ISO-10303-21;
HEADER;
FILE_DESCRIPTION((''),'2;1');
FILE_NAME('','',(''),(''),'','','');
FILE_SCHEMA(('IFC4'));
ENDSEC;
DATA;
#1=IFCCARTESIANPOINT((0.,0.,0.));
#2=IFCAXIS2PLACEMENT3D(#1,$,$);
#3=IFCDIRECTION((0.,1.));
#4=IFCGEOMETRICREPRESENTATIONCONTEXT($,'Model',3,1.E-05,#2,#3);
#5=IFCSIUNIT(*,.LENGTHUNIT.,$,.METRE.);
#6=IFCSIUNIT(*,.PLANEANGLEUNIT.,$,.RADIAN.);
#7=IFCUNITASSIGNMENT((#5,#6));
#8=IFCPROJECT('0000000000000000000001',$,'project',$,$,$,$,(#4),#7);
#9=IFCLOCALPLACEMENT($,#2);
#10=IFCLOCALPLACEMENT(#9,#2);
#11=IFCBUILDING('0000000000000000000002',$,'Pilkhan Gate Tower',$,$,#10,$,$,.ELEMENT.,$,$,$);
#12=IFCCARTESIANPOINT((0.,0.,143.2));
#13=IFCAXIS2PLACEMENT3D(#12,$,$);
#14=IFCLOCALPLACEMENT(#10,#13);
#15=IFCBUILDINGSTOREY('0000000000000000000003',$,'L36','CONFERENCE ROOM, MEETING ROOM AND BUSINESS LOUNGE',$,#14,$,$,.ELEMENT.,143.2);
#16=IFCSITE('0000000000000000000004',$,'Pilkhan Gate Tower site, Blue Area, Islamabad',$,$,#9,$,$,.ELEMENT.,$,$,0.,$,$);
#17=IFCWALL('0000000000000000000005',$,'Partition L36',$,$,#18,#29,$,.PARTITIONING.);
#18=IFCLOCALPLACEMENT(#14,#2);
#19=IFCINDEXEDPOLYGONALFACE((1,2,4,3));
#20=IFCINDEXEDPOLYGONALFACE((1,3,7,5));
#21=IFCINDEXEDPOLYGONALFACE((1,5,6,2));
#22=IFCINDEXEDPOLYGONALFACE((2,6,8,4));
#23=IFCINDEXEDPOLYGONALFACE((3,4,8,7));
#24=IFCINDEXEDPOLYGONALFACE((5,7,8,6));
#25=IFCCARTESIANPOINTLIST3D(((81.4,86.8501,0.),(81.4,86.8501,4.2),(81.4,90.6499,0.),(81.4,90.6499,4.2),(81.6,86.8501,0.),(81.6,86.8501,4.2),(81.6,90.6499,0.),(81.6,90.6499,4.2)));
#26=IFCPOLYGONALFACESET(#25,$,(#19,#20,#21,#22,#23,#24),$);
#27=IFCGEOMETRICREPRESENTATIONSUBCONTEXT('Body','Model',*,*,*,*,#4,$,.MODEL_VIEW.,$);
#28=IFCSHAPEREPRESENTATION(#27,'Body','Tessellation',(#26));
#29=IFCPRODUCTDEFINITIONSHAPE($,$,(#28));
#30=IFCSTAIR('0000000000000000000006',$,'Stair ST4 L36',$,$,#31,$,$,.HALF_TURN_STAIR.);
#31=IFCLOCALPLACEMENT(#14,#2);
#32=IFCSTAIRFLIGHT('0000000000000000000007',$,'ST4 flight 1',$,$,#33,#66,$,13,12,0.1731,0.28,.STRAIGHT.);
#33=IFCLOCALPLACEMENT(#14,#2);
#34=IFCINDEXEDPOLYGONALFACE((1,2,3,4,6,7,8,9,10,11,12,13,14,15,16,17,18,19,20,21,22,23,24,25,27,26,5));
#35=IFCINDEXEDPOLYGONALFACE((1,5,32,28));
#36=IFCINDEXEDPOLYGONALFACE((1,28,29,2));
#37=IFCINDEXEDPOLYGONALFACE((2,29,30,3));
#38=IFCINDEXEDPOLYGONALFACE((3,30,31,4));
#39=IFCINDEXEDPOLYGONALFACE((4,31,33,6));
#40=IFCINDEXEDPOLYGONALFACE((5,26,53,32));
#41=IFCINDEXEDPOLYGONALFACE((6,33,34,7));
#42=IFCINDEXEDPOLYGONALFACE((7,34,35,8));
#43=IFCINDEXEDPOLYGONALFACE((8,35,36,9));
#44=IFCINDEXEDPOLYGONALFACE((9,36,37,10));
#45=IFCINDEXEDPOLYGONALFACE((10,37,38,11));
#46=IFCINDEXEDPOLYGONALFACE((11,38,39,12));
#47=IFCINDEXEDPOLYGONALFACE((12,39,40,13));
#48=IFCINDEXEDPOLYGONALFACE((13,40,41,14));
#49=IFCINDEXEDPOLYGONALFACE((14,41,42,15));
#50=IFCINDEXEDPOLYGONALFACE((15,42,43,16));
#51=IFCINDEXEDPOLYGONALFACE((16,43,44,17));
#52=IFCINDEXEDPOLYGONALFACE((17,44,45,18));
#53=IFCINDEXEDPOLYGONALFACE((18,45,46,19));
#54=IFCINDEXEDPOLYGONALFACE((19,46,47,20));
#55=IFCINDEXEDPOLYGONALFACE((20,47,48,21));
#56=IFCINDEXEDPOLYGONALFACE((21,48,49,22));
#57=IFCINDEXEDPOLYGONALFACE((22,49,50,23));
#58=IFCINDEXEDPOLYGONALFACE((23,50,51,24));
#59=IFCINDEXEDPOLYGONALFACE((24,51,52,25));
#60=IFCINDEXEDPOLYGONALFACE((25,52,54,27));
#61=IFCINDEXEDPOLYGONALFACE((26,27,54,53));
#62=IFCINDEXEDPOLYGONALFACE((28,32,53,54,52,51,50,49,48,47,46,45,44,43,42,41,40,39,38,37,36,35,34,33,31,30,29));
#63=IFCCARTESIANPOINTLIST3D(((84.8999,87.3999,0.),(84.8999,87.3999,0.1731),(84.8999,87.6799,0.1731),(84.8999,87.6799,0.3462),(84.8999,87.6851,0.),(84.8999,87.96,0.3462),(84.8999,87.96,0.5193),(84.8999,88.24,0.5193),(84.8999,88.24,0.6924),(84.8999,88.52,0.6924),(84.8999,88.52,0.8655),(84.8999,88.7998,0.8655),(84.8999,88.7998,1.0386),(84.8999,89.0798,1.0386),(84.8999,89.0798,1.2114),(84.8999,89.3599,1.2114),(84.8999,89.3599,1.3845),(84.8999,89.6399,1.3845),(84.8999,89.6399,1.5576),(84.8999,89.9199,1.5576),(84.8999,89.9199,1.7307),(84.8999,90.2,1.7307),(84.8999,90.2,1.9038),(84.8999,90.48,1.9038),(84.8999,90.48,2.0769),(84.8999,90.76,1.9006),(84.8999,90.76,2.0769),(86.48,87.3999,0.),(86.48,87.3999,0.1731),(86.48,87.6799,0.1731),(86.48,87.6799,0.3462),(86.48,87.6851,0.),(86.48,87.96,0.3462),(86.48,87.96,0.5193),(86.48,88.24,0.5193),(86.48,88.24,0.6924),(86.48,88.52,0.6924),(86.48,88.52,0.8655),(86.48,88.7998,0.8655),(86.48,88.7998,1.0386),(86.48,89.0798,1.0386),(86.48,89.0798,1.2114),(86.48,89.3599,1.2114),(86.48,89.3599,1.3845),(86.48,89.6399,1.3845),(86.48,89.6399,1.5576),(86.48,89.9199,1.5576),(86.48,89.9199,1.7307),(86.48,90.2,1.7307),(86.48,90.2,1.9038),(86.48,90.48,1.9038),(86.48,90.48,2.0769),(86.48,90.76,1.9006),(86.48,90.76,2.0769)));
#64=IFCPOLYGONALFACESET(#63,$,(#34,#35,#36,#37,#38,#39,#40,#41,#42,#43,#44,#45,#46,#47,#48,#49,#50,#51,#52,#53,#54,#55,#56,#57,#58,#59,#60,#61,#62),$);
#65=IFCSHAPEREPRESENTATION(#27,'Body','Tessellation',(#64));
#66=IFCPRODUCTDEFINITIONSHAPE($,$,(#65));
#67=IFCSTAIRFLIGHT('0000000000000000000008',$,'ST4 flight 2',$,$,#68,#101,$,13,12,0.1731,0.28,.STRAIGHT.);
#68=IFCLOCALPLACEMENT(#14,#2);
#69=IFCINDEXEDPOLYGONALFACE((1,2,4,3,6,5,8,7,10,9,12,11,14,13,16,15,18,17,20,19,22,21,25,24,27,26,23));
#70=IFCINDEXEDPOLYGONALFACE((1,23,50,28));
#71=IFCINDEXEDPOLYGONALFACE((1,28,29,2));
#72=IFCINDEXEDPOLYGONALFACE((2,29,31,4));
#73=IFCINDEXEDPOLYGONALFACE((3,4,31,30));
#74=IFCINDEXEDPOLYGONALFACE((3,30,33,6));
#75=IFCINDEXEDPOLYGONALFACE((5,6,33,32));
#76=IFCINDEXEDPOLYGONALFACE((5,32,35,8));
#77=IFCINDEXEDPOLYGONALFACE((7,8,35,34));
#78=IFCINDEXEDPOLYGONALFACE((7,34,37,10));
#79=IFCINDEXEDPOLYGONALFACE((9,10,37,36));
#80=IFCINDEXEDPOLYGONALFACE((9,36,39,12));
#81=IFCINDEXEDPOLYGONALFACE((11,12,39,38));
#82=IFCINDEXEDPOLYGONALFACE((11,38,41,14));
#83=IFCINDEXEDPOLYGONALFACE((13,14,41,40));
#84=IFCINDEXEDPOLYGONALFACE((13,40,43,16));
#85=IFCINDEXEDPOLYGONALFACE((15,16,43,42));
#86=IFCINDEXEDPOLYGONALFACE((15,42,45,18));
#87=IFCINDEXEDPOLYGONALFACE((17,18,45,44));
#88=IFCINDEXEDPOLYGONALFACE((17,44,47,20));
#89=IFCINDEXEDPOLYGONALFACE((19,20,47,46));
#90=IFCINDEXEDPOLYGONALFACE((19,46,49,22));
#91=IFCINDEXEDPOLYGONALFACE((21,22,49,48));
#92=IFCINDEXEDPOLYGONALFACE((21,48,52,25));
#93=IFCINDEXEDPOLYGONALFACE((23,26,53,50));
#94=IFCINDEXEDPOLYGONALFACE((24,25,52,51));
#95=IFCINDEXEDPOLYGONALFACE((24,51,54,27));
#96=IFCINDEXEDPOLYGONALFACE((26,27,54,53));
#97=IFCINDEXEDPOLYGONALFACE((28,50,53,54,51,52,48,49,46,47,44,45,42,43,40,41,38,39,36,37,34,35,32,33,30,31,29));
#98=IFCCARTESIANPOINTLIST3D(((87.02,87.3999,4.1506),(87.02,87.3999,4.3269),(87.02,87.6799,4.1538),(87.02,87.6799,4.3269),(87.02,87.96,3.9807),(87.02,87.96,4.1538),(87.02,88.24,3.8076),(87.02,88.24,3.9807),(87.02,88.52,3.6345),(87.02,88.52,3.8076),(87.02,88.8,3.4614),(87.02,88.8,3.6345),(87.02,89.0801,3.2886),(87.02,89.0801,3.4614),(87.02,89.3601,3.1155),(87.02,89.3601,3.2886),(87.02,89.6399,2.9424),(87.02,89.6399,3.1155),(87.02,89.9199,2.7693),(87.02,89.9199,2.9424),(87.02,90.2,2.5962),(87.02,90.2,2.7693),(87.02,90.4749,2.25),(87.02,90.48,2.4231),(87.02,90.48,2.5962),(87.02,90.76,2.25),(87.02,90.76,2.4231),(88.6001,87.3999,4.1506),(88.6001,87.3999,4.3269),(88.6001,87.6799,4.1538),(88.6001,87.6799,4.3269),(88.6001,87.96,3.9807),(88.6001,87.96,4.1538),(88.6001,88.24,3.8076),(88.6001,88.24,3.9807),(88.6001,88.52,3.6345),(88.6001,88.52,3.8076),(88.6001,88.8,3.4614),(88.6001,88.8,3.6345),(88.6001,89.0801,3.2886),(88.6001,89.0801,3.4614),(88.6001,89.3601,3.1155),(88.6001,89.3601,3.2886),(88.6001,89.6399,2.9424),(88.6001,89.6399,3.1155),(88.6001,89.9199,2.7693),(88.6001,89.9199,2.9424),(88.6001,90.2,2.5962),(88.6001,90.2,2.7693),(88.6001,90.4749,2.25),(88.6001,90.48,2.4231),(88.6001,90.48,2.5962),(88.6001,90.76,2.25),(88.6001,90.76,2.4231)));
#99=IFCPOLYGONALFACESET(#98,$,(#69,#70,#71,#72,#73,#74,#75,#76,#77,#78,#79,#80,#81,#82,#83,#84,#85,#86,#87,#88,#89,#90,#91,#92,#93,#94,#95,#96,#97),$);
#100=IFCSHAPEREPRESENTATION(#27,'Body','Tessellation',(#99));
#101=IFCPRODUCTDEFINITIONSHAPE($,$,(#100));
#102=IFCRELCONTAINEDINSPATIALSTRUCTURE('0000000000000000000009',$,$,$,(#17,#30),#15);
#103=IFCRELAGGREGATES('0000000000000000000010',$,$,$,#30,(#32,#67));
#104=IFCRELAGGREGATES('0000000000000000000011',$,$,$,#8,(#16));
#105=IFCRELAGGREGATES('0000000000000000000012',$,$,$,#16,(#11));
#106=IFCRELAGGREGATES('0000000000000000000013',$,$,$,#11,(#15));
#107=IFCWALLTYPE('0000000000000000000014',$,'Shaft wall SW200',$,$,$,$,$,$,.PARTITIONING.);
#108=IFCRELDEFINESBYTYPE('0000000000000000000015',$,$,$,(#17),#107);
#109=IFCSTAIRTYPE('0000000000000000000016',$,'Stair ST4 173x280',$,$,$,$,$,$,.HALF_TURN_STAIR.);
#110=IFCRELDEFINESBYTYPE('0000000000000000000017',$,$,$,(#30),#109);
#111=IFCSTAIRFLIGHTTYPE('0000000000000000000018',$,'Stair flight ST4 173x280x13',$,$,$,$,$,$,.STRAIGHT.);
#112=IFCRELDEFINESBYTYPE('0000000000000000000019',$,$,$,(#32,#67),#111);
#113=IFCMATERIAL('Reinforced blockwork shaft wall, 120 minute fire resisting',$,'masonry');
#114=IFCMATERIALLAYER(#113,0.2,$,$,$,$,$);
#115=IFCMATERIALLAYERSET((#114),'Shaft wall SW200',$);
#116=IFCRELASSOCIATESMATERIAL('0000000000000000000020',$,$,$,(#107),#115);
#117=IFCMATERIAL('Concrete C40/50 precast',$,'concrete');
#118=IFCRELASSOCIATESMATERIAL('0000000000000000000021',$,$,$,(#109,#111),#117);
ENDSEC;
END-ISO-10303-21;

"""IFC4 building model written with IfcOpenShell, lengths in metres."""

from ifc_helpers import new_model, si_unit, direction, frame, frame_2d, origin, place, context, subcontext, project, spatial, polyline, rectangle, outline, extrude, material, layer, layer_set, type_object, element, aggregate, save


model = new_model("IFC4")

# Units and contexts
model_context = context("Model", 3, precision=1e-05, world=origin(), true_north=direction((0.0, 1.0)))
body_context = subcontext(model_context, "Body", "Model", "MODEL_VIEW")
ifc_project = project(units=[si_unit("LENGTHUNIT", "METRE"), si_unit("PLANEANGLEUNIT", "RADIAN")], contexts=[model_context])

# Site, building, storey
site_placement = place(None, origin())
site = spatial("IfcSite", under=ifc_project, at=site_placement, Name="Pilkhan Gate Tower site, Blue Area, Islamabad", CompositionType="ELEMENT", RefElevation=0.0)
building_placement = place(site_placement, origin())
building = spatial("IfcBuilding", under=site, at=building_placement, Name="Pilkhan Gate Tower", CompositionType="ELEMENT")
storey_placement = place(building_placement, frame((0.0, 0.0, 143.2)))
storey = spatial("IfcBuildingStorey", under=building, at=storey_placement, Name="L36", Description="CONFERENCE ROOM, MEETING ROOM AND BUSINESS LOUNGE", CompositionType="ELEMENT", Elevation=143.2)

# Shared definitions
ifc_material_1 = material(Name="Reinforced blockwork shaft wall, 120 minute fire resisting", Category="masonry")
ifc_layer_1 = layer(ifc_material_1, 0.2)
ifc_layer_set_1 = layer_set([ifc_layer_1], Name="Shaft wall SW200")
wall_type = type_object("IfcWallType", Name="Shaft wall SW200", PredefinedType="PARTITIONING", material=ifc_layer_set_1)

# Wall
for number, where, z_axis, x_axis, name in (
    (1, (81.5, 86.8501, 0.0), (0.0, 0.0, 1.0), (0.0, 1.0, 0.0), "Partition L36"),
):
    element("IfcWall", number, at=place(storey_placement, frame(where, z_axis=z_axis, x_axis=x_axis)), inside=storey, type_object=wall_type, Name=name, PredefinedType="PARTITIONING", context=body_context, shape_type="SweptSolid", body=[
        extrude(rectangle(XDim=3.7998, YDim=0.2, at=frame_2d((1.8999, 0.0))), origin(), (0.0, 0.0, 1.0), 4.2),
    ])

# Stair, stair flights
ifc_material_2 = material(Name="Concrete C40/50 precast", Category="concrete")
stair_type = type_object("IfcStairType", Name="Stair ST4 173x280", PredefinedType="HALF_TURN_STAIR", material=ifc_material_2)
stair_placement = place(storey_placement, origin())
stair = element("IfcStair", 2, at=stair_placement, inside=storey, type_object=stair_type, Name="Stair ST4 L36", PredefinedType="HALF_TURN_STAIR")
stair_flight_type = type_object("IfcStairFlightType", Name="Stair flight ST4 173x280x13", PredefinedType="STRAIGHT", material=ifc_material_2)
stair_flight_1_placement = place(storey_placement, frame((85.6899, 87.3999, 0.0), z_axis=(0.0, 0.0, 1.0), x_axis=(0.0, 1.0, 0.0)))
stair_flight_1 = element("IfcStairFlight", 3, at=stair_flight_1_placement, type_object=stair_flight_type, Name="ST4 flight 1", NumberOfRisers=13, NumberOfTreads=12, PredefinedType="STRAIGHT", RiserHeight=0.1731, TreadLength=0.28, context=body_context, shape_type="SweptSolid", body=[
    extrude(outline(polyline([(0.0, 0.0), (0.0, 0.1731), (0.28, 0.1731), (0.28, 0.3462), (0.5601, 0.3462), (0.5601, 0.5193), (0.8401, 0.5193), (0.8401, 0.6924), (1.1201, 0.6924), (1.1201, 0.8655), (1.3999, 0.8655), (1.3999, 1.0386), (1.6799, 1.0386), (1.6799, 1.2114), (1.96, 1.2114), (1.96, 1.3845), (2.24, 1.3845), (2.24, 1.5576), (2.52, 1.5576), (2.52, 1.7307), (2.8, 1.7307), (2.8, 1.9038), (3.0801, 1.9038), (3.0801, 2.0769), (3.3601, 2.0769), (3.3601, 2.25), (3.3601, 1.9006), (0.2852, 0.0), (0.0, 0.0)])), frame((0.0, 0.79, 0.0), z_axis=(0.0, -1.0, 0.0), x_axis=(1.0, 0.0, 0.0)), (0.0, 0.0, 1.0), 1.5801),
])
stair_flight_2_placement = place(storey_placement, frame((87.8101, 90.76, 2.25), z_axis=(0.0, 0.0, 1.0), x_axis=(0.0, -1.0, 0.0)))
stair_flight_2 = element("IfcStairFlight", 4, at=stair_flight_2_placement, type_object=stair_flight_type, Name="ST4 flight 2", NumberOfRisers=13, NumberOfTreads=12, PredefinedType="STRAIGHT", RiserHeight=0.1731, TreadLength=0.28, context=body_context, shape_type="SweptSolid", body=[
    extrude(outline(polyline([(0.0, 0.0), (0.0, 0.1731), (0.28, 0.1731), (0.28, 0.3462), (0.5601, 0.3462), (0.5601, 0.5193), (0.8401, 0.5193), (0.8401, 0.6924), (1.1201, 0.6924), (1.1201, 0.8655), (1.3999, 0.8655), (1.3999, 1.0386), (1.6799, 1.0386), (1.6799, 1.2114), (1.96, 1.2114), (1.96, 1.3845), (2.24, 1.3845), (2.24, 1.5576), (2.52, 1.5576), (2.52, 1.7307), (2.8, 1.7307), (2.8, 1.9038), (3.0801, 1.9038), (3.0801, 2.0769), (3.3601, 2.0769), (3.3601, 2.25), (3.3601, 1.9006), (0.2852, 0.0), (0.0, 0.0)])), frame((0.0, 0.79, 0.0), z_axis=(0.0, -1.0, 0.0), x_axis=(1.0, 0.0, 0.0)), (0.0, 0.0, 1.0), 1.5801),
])
aggregate(stair, [stair_flight_1, stair_flight_2])

save(model, "model.ifc")
